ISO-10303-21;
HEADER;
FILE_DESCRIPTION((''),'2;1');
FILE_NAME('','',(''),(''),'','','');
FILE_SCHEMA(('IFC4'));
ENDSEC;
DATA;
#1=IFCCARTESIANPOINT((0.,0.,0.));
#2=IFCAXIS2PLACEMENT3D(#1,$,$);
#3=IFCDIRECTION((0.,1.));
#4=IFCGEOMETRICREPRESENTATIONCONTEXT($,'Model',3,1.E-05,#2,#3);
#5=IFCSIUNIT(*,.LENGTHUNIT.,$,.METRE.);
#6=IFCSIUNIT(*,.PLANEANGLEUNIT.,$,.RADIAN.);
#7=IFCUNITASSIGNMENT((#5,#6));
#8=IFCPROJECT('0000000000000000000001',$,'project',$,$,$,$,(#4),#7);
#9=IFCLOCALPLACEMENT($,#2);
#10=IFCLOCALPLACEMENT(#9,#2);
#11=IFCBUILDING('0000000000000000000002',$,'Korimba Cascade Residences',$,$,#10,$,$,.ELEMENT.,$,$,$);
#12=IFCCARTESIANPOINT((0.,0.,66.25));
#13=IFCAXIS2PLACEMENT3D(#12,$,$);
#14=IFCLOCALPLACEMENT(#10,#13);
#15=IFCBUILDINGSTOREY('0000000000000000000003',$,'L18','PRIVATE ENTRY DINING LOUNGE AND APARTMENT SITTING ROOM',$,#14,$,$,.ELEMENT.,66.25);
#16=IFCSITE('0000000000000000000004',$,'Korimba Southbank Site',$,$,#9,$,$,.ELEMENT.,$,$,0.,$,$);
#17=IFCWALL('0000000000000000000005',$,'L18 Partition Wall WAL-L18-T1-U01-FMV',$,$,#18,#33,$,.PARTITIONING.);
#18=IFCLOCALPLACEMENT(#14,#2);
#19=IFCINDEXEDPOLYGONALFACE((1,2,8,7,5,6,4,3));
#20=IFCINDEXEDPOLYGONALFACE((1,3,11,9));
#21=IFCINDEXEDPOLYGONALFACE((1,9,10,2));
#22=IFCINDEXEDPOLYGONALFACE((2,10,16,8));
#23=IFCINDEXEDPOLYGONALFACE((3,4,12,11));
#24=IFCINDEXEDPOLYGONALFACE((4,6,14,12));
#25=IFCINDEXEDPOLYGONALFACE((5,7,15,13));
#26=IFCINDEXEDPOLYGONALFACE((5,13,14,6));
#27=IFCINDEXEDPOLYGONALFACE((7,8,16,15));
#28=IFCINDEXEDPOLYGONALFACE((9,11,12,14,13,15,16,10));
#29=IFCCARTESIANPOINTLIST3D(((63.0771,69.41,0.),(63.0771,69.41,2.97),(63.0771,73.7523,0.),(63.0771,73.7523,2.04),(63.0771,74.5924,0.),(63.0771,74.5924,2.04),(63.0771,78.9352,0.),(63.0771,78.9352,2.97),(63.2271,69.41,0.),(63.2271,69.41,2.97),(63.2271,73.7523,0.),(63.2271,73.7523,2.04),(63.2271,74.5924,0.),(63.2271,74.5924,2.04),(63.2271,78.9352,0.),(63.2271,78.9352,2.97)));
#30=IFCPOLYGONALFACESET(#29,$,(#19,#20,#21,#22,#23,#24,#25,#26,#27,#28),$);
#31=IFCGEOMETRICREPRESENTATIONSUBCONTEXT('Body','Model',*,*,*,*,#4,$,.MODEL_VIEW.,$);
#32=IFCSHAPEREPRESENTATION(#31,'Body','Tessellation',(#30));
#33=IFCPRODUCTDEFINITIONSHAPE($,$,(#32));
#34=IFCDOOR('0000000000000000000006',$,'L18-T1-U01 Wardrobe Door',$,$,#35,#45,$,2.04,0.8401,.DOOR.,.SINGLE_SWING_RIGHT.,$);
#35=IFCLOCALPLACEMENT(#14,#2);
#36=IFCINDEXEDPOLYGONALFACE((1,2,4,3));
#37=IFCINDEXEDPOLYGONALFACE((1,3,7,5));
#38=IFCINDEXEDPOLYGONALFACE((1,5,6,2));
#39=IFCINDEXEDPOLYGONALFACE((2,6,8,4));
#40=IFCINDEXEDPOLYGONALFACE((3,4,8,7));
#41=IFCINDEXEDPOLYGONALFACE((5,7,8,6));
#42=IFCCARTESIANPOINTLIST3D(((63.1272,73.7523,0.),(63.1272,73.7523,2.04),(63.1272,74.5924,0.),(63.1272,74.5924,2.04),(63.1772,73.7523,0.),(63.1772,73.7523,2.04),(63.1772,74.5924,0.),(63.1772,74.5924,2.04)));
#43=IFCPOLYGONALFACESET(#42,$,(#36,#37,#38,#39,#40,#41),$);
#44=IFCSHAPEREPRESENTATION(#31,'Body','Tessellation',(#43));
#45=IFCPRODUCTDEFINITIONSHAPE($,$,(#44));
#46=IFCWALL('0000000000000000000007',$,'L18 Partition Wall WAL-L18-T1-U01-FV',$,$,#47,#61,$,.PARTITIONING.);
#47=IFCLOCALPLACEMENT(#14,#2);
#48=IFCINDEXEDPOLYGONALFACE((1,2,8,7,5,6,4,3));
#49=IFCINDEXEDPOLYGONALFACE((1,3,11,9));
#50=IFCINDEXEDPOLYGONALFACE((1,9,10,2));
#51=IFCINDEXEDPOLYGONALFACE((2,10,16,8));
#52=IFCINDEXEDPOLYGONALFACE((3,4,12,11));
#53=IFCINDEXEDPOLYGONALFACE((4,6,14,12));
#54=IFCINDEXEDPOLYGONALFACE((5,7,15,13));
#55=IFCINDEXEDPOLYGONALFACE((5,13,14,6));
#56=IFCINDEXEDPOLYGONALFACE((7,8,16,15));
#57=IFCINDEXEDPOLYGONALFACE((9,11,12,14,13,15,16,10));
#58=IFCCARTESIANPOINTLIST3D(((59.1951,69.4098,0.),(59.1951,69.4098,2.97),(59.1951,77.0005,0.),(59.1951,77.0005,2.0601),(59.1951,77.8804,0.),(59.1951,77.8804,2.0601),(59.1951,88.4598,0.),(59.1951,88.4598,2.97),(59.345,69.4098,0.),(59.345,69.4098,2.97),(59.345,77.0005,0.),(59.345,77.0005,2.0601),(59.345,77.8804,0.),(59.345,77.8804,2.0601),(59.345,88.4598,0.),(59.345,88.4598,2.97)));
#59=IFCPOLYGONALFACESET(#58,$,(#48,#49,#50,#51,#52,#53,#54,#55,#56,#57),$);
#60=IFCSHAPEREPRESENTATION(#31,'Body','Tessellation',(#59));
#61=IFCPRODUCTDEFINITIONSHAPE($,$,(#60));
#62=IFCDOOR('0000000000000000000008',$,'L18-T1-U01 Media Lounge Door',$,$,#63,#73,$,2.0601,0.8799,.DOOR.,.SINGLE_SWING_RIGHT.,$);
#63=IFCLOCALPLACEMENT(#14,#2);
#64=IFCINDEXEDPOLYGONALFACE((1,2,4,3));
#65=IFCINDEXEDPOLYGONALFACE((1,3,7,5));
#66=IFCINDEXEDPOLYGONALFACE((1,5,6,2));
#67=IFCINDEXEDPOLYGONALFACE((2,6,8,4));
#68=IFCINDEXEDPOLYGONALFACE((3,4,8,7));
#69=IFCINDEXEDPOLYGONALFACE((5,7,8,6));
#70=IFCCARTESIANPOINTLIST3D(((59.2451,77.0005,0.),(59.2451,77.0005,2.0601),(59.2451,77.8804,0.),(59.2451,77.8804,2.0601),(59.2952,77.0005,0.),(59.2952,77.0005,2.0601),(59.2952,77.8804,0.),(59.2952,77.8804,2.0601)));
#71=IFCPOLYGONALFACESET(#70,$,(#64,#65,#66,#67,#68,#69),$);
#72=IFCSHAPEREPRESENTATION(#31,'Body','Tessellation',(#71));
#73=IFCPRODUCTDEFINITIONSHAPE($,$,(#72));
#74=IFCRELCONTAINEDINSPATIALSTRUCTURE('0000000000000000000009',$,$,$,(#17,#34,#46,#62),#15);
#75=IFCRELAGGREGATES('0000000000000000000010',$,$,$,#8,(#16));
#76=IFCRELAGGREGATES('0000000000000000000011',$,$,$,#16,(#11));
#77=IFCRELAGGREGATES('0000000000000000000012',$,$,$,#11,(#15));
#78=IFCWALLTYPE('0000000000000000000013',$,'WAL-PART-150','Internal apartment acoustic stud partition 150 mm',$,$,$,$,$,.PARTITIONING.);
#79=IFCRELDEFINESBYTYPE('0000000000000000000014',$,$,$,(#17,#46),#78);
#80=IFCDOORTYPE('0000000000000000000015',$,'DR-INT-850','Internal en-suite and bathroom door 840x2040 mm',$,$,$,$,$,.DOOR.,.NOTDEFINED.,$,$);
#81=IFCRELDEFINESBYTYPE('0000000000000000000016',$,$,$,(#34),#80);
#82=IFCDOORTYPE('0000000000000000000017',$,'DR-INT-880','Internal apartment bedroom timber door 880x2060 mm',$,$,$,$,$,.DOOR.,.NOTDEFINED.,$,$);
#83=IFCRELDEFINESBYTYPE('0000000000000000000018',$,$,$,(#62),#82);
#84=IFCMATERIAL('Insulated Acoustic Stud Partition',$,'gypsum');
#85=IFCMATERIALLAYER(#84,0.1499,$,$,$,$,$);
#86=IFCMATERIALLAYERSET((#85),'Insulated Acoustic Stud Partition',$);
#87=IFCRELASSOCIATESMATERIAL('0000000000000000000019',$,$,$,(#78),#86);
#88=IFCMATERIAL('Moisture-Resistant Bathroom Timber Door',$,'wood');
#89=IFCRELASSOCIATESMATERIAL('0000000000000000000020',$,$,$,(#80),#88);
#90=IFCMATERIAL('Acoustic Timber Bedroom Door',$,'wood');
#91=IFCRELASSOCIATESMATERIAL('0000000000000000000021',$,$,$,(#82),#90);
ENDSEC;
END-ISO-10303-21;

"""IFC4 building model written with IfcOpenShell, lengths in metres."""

from ifc_helpers import new_model, si_unit, direction, frame, frame_2d, origin, place, context, subcontext, project, spatial, rectangle, extrude, material, layer, layer_set, type_object, element, fill, save


model = new_model("IFC4")

# Units and contexts
model_context = context("Model", 3, precision=1e-05, world=origin(), true_north=direction((0.0, 1.0)))
body_context = subcontext(model_context, "Body", "Model", "MODEL_VIEW")
ifc_project = project(units=[si_unit("LENGTHUNIT", "METRE"), si_unit("PLANEANGLEUNIT", "RADIAN")], contexts=[model_context])

# Site, building, storey
site_placement = place(None, origin())
site = spatial("IfcSite", under=ifc_project, at=site_placement, Name="Korimba Southbank Site", CompositionType="ELEMENT", RefElevation=0.0)
building_placement = place(site_placement, origin())
building = spatial("IfcBuilding", under=site, at=building_placement, Name="Korimba Cascade Residences", CompositionType="ELEMENT")
storey_placement = place(building_placement, frame((0.0, 0.0, 66.25)))
storey = spatial("IfcBuildingStorey", under=building, at=storey_placement, Name="L18", Description="PRIVATE ENTRY DINING LOUNGE AND APARTMENT SITTING ROOM", CompositionType="ELEMENT", Elevation=66.25)

# Walls, openings, doors
ifc_material_1 = material(Name="Insulated Acoustic Stud Partition", Category="gypsum")
ifc_layer_1 = layer(ifc_material_1, 0.1499)
ifc_layer_set_1 = layer_set([ifc_layer_1], Name="Insulated Acoustic Stud Partition")
wall_type_1 = type_object("IfcWallType", Name="WAL-PART-150", Description="Internal apartment acoustic stud partition 150 mm", PredefinedType="PARTITIONING", material=ifc_layer_set_1)
ifc_material_2 = material(Name="Moisture-Resistant Bathroom Timber Door", Category="wood")
door_type_1 = type_object("IfcDoorType", Name="DR-INT-850", Description="Internal en-suite and bathroom door 840x2040 mm", OperationType="NOTDEFINED", PredefinedType="DOOR", material=ifc_material_2)
wall_1_placement = place(storey_placement, frame((63.1521, 69.4099, 0.0), z_axis=(0.0, 0.0, 1.0), x_axis=(0.0, 1.0, 0.0)))
wall_1 = element("IfcWall", 1, at=wall_1_placement, inside=storey, type_object=wall_type_1, Name="L18 Partition Wall WAL-L18-T1-U01-FMV", PredefinedType="PARTITIONING", context=body_context, shape_type="SweptSolid", body=[
    extrude(rectangle(XDim=9.5251, YDim=0.1499, at=frame_2d((4.7627, 0.0))), origin(), (0.0, 0.0, 1.0), 2.97),
])
opening_1_placement = place(wall_1_placement, frame((4.3425, 0.0, 0.0)))
opening_1 = element("IfcOpeningElement", 2, at=opening_1_placement, cuts=wall_1, PredefinedType="OPENING", context=body_context, shape_type="SweptSolid", body=[
    extrude(rectangle(XDim=0.8401, YDim=2.04, at=frame_2d((0.4199, 1.02))), frame((0.0, 0.085, 0.0), z_axis=(0.0, -1.0, 0.0), x_axis=(1.0, 0.0, 0.0)), (0.0, 0.0, 1.0), 0.1699),
])
door_1_placement = place(opening_1_placement, origin())
door_1 = element("IfcDoor", 3, at=door_1_placement, inside=storey, type_object=door_type_1, Name="L18-T1-U01 Wardrobe Door", OperationType="SINGLE_SWING_RIGHT", OverallHeight=2.04, OverallWidth=0.8401, PredefinedType="DOOR", context=body_context, shape_type="SweptSolid", body=[
    extrude(rectangle(XDim=0.8401, YDim=2.04, at=frame_2d((0.4199, 1.02))), frame((0.0, 0.0249, 0.0), z_axis=(0.0, -1.0, 0.0), x_axis=(1.0, 0.0, 0.0)), (0.0, 0.0, 1.0), 0.05),
])
fill(opening_1, door_1)
wall_2_placement = place(storey_placement, frame((59.27, 69.4099, 0.0), z_axis=(0.0, 0.0, 1.0), x_axis=(0.0, 1.0, 0.0)))
wall_2 = element("IfcWall", 4, at=wall_2_placement, inside=storey, type_object=wall_type_1, Name="L18 Partition Wall WAL-L18-T1-U01-FV", PredefinedType="PARTITIONING", context=body_context, shape_type="SweptSolid", body=[
    extrude(rectangle(XDim=19.05, YDim=0.1499, at=frame_2d((9.5249, 0.0))), origin(), (0.0, 0.0, 1.0), 2.97),
])
opening_2_placement = place(wall_2_placement, frame((7.5906, 0.0, 0.0)))
opening_2 = element("IfcOpeningElement", 5, at=opening_2_placement, cuts=wall_2, PredefinedType="OPENING", context=body_context, shape_type="SweptSolid", body=[
    extrude(rectangle(XDim=0.8799, YDim=2.0601, at=frame_2d((0.4399, 1.03))), frame((0.0, 0.085, 0.0), z_axis=(0.0, -1.0, 0.0), x_axis=(1.0, 0.0, 0.0)), (0.0, 0.0, 1.0), 0.1699),
])
ifc_material_3 = material(Name="Acoustic Timber Bedroom Door", Category="wood")
door_type_2 = type_object("IfcDoorType", Name="DR-INT-880", Description="Internal apartment bedroom timber door 880x2060 mm", OperationType="NOTDEFINED", PredefinedType="DOOR", material=ifc_material_3)
door_2_placement = place(opening_2_placement, origin())
door_2 = element("IfcDoor", 6, at=door_2_placement, inside=storey, type_object=door_type_2, Name="L18-T1-U01 Media Lounge Door", OperationType="SINGLE_SWING_RIGHT", OverallHeight=2.0601, OverallWidth=0.8799, PredefinedType="DOOR", context=body_context, shape_type="SweptSolid", body=[
    extrude(rectangle(XDim=0.8799, YDim=2.0601, at=frame_2d((0.4399, 1.03))), frame((0.0, 0.0249, 0.0), z_axis=(0.0, -1.0, 0.0), x_axis=(1.0, 0.0, 0.0)), (0.0, 0.0, 1.0), 0.05),
])
fill(opening_2, door_2)

save(model, "model.ifc")
